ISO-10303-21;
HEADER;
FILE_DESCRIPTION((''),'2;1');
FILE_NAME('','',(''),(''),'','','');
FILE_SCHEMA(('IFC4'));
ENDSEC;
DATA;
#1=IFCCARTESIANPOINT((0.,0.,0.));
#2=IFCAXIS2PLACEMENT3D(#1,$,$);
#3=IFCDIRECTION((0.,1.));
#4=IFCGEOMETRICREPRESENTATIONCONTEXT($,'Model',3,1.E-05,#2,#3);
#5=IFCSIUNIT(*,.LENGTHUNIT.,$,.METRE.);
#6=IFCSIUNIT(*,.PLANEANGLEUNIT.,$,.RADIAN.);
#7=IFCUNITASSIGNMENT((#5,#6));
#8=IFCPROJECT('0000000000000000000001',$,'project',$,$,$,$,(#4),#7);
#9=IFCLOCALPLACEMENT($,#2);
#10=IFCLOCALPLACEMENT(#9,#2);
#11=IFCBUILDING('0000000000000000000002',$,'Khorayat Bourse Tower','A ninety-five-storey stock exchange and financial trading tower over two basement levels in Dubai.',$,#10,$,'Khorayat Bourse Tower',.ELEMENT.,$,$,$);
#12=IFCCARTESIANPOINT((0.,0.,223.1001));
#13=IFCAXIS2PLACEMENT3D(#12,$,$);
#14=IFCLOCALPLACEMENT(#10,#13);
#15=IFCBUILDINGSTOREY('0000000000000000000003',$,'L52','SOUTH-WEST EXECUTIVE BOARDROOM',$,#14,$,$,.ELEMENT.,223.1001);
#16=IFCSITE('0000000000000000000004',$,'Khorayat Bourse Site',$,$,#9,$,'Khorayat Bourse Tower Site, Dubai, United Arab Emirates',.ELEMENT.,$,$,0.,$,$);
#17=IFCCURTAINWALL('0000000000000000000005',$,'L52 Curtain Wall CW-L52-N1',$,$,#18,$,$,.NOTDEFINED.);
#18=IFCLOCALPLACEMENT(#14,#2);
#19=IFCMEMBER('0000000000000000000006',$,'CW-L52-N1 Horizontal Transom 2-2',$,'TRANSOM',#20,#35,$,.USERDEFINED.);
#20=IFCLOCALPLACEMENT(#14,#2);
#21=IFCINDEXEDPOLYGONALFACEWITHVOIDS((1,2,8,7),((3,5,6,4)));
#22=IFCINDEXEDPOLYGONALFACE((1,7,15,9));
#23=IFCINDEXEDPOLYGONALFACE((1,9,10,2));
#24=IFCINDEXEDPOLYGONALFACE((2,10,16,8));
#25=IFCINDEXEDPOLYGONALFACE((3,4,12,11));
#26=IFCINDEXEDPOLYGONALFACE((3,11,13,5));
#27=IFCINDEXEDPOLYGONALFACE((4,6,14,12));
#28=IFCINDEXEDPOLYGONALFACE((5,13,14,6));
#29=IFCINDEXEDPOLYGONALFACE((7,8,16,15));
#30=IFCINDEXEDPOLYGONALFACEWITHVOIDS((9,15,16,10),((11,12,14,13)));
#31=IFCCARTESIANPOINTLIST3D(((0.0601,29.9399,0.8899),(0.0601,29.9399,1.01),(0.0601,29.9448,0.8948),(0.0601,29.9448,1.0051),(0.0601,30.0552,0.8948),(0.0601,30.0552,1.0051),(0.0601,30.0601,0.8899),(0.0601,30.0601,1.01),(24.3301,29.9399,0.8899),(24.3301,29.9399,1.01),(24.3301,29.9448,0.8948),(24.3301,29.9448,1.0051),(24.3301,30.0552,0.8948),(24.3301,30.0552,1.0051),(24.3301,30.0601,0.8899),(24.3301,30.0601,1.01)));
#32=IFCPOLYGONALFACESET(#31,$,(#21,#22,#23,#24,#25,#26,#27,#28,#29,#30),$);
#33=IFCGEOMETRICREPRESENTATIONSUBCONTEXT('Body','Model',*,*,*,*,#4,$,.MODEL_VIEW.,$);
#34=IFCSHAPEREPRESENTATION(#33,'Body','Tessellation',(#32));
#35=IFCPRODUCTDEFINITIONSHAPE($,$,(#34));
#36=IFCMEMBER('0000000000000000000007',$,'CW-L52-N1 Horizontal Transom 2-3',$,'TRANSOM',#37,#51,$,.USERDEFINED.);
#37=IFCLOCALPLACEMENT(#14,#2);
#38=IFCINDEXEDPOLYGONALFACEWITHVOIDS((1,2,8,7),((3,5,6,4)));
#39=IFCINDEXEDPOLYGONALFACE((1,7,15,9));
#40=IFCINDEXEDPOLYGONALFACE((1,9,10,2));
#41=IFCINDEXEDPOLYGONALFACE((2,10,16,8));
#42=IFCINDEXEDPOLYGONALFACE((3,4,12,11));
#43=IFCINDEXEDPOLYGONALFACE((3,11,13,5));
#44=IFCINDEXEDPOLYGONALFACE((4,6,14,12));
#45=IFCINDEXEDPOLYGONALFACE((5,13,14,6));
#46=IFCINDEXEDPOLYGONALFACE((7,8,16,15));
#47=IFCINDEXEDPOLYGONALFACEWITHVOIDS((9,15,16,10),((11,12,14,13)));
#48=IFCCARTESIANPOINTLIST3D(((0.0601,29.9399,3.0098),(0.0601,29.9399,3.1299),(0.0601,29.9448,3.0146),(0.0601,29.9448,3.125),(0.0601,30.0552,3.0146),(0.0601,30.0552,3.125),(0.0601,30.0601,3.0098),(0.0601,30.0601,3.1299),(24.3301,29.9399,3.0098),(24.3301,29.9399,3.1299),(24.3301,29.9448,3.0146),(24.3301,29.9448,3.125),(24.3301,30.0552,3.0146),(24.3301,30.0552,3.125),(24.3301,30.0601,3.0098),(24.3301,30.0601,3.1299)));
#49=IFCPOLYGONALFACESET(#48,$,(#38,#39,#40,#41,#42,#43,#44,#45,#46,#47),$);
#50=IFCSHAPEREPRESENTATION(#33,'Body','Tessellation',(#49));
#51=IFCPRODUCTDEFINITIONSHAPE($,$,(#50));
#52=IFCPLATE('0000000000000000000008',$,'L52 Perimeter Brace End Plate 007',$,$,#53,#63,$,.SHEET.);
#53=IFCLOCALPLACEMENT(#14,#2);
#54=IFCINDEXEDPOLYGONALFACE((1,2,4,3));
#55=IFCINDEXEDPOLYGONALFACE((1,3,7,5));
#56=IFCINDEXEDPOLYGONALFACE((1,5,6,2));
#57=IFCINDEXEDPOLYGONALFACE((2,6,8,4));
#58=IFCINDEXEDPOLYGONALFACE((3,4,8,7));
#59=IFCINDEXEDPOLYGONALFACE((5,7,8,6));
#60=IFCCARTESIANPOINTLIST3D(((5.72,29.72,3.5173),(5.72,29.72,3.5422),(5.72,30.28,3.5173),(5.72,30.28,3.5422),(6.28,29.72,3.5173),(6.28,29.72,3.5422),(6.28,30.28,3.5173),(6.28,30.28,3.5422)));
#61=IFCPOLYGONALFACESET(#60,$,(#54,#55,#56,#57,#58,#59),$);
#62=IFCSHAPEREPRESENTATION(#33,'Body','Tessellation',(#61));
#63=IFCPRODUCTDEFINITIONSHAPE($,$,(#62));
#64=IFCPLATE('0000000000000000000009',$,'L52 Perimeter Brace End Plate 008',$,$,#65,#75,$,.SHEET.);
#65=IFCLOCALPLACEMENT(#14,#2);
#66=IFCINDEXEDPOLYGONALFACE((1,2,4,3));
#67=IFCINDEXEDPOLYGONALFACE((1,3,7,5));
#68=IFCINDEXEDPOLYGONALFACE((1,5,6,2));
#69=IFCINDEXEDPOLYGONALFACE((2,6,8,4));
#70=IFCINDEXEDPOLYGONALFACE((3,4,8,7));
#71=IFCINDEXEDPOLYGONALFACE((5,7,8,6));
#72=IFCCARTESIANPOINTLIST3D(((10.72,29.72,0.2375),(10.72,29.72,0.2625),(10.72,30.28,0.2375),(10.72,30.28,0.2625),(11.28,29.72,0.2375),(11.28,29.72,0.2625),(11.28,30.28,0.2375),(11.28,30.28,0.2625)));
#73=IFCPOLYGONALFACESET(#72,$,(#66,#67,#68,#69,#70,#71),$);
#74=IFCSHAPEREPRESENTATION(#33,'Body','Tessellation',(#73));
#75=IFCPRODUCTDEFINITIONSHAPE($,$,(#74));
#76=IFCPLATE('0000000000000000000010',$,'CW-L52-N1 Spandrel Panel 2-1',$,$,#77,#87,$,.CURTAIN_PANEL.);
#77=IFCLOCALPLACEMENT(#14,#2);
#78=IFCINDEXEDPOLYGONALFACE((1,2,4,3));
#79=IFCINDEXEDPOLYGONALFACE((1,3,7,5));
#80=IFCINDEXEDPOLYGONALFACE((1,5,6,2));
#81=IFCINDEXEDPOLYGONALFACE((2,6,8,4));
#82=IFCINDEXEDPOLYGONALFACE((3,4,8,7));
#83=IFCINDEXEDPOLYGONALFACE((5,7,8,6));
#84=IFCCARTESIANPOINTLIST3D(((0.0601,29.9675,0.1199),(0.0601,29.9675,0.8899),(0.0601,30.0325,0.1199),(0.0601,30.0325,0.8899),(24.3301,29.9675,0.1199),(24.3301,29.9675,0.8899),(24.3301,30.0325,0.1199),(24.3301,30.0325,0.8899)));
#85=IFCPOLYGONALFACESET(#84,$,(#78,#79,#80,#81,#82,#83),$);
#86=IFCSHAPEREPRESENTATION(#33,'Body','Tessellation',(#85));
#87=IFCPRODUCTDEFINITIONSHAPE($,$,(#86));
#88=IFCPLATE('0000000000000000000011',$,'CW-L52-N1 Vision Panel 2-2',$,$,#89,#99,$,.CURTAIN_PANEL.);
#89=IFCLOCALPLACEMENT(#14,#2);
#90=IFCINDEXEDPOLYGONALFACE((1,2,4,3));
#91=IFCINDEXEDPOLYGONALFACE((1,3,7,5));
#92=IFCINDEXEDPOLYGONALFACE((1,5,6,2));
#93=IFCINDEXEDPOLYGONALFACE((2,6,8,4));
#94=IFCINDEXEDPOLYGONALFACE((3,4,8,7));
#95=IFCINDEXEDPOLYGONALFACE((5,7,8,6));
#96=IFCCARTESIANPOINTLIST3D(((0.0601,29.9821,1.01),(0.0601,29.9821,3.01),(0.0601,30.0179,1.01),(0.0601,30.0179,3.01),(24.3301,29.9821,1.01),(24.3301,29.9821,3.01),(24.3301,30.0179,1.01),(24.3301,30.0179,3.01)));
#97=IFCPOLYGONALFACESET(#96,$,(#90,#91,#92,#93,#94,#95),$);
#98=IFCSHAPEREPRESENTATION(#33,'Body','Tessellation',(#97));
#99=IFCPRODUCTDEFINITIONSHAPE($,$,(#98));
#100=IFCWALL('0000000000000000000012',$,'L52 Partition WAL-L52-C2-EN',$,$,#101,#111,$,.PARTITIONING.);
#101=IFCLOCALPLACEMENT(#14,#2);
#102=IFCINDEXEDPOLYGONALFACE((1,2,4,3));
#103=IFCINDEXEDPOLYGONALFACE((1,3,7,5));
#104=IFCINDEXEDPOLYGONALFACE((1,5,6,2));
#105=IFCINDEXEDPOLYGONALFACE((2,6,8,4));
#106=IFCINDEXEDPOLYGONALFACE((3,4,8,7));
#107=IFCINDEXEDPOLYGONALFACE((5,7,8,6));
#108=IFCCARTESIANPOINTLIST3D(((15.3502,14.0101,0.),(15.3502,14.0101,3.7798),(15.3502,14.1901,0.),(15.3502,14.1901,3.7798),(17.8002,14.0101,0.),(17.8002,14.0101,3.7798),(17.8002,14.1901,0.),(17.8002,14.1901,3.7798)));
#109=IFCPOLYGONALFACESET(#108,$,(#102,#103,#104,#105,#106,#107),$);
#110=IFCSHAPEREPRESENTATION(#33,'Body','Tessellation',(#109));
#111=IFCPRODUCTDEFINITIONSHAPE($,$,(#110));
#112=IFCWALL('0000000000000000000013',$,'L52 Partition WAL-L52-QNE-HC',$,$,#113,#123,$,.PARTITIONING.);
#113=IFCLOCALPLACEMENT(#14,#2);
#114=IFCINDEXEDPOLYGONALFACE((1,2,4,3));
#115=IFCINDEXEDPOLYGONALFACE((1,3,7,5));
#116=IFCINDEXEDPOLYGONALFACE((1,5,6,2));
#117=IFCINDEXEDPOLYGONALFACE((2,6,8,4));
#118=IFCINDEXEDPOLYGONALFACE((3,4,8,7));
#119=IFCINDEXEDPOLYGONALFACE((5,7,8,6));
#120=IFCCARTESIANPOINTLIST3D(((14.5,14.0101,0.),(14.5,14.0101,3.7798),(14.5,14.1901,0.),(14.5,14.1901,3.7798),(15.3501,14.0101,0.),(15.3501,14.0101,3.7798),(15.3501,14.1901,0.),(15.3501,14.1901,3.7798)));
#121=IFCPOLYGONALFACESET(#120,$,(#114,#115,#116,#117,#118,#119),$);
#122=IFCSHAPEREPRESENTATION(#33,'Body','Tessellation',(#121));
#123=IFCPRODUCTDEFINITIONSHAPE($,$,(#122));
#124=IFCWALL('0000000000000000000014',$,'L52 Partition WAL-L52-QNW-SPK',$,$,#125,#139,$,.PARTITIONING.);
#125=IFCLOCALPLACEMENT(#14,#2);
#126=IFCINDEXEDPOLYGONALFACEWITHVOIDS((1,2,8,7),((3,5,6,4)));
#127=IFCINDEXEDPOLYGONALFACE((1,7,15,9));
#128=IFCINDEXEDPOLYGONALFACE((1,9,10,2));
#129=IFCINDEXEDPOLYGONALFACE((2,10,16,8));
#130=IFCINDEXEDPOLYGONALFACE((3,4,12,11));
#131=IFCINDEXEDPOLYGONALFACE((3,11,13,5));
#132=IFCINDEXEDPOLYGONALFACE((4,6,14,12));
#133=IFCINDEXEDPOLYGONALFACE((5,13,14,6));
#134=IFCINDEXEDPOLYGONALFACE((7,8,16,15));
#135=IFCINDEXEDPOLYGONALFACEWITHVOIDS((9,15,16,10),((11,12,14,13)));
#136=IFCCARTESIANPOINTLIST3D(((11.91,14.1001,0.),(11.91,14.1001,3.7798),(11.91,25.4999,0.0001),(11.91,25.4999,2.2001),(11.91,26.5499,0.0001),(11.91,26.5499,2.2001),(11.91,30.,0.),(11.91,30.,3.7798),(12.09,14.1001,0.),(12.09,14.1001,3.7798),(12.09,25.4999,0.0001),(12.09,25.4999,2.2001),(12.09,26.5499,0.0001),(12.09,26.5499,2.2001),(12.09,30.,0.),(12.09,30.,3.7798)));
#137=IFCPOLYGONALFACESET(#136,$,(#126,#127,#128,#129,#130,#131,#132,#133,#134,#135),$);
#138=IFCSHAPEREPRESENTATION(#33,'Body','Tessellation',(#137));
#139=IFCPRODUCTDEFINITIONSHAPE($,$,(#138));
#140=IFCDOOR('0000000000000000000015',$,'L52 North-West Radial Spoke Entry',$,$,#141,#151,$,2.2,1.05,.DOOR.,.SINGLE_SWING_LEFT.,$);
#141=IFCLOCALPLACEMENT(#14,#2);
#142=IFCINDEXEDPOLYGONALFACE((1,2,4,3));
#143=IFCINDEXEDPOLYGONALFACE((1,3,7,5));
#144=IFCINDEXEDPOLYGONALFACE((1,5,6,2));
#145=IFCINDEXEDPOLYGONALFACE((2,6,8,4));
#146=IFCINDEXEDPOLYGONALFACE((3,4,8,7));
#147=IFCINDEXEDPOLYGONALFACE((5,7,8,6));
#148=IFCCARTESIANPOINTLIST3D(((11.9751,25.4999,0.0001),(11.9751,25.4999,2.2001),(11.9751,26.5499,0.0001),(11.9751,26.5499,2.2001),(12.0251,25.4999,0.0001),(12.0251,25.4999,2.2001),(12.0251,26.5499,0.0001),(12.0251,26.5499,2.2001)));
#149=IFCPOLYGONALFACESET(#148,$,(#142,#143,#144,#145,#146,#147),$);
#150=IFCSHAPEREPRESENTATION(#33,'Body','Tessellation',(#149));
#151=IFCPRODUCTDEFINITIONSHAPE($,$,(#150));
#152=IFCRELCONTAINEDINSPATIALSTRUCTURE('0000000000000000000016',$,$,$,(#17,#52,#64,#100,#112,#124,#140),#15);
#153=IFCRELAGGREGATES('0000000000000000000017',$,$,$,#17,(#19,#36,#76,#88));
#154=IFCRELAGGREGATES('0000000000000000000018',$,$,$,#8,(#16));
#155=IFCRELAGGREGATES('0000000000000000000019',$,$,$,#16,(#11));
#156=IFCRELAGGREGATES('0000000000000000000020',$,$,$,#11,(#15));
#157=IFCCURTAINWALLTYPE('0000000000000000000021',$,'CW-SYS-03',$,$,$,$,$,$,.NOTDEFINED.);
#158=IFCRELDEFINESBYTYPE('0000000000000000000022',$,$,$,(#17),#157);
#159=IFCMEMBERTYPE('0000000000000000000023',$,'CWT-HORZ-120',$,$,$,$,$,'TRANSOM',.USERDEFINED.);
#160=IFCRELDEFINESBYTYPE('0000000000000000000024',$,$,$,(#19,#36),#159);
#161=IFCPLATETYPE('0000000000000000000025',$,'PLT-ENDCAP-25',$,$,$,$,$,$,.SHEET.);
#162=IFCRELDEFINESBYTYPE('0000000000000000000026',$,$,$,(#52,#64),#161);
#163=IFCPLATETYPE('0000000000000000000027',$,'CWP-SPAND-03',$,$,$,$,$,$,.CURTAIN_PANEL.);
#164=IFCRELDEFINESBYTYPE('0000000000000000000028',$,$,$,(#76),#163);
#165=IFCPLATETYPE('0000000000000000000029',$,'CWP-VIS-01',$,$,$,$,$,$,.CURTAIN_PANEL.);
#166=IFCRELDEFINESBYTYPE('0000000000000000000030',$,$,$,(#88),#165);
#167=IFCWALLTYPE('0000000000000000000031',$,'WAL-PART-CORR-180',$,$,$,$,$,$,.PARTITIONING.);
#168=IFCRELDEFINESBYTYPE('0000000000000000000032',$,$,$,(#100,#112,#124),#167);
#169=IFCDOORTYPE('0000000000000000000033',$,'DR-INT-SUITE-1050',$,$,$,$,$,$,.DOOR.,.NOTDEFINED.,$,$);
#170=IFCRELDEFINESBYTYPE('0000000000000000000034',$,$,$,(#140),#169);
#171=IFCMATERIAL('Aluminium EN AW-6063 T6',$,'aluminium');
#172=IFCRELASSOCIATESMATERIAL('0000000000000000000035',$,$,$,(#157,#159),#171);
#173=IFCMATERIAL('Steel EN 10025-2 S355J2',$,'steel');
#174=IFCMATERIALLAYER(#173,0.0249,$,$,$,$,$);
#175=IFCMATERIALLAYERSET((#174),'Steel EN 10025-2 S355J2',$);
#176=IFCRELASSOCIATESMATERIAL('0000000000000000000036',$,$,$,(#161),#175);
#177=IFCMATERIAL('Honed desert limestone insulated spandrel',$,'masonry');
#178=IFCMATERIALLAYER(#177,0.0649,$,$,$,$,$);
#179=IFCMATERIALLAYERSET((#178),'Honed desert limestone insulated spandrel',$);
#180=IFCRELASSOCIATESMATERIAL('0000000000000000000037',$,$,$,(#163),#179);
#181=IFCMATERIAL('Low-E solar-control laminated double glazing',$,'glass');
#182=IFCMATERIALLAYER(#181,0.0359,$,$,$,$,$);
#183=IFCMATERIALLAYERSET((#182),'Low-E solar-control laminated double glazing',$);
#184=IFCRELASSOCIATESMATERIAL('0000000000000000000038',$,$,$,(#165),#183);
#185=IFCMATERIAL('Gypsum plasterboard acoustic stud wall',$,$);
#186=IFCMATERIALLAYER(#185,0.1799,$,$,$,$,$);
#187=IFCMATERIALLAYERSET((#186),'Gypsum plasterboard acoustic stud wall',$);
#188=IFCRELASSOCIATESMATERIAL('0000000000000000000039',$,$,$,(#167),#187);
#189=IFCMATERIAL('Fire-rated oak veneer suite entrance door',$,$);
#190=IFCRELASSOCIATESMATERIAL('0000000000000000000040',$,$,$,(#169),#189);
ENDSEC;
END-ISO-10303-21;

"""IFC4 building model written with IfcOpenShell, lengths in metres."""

from ifc_helpers import new_model, si_unit, direction, frame, frame_2d, origin, origin_2d, place, context, subcontext, project, spatial, rectangle, hollow_rectangle, extrude, source, transform, mapped, material, layer, layer_set, material_profile, profile_set, type_object, element, fill, aggregate, save


model = new_model("IFC4")

# Units and contexts
model_context = context("Model", 3, precision=1e-05, world=origin(), true_north=direction((0.0, 1.0)))
body_context = subcontext(model_context, "Body", "Model", "MODEL_VIEW")
ifc_project = project(units=[si_unit("LENGTHUNIT", "METRE"), si_unit("PLANEANGLEUNIT", "RADIAN")], contexts=[model_context])

# Site, building, storey
site_placement = place(None, origin())
site = spatial("IfcSite", under=ifc_project, at=site_placement, Name="Khorayat Bourse Site", LongName="Khorayat Bourse Tower Site, Dubai, United Arab Emirates", CompositionType="ELEMENT", RefElevation=0.0)
building_placement = place(site_placement, origin())
building = spatial("IfcBuilding", under=site, at=building_placement, Name="Khorayat Bourse Tower", Description="A ninety-five-storey stock exchange and financial trading tower over two basement levels in Dubai.", LongName="Khorayat Bourse Tower", CompositionType="ELEMENT")
storey_placement = place(building_placement, frame((0.0, 0.0, 223.1001)))
storey = spatial("IfcBuildingStorey", under=building, at=storey_placement, Name="L52", Description="SOUTH-WEST EXECUTIVE BOARDROOM", CompositionType="ELEMENT", Elevation=223.1001)

# Curtain wall, members
ifc_material_1 = material(Name="Aluminium EN AW-6063 T6", Category="aluminium")
curtain_wall_type = type_object("IfcCurtainWallType", Name="CW-SYS-03", PredefinedType="NOTDEFINED", material=ifc_material_1)
curtain_wall_placement = place(storey_placement, origin())
curtain_wall = element("IfcCurtainWall", 1, at=curtain_wall_placement, inside=storey, type_object=curtain_wall_type, Name="L52 Curtain Wall CW-L52-N1", PredefinedType="NOTDEFINED")
ifc_material_profile_1 = material_profile(ifc_material_1, hollow_rectangle(XDim=0.1201, YDim=0.1201, WallThickness=0.0049, at=origin_2d()), Name="ALU 120x120x5")
ifc_profile_set_1 = profile_set([ifc_material_profile_1], Name="Aluminium EN AW-6063 T6")
member_type_1 = type_object("IfcMemberType", Name="CWT-HORZ-120", ElementType="TRANSOM", PredefinedType="USERDEFINED", material=ifc_profile_set_1)
shared_shape_1 = source(origin(), body_context, "Body", "SweptSolid", [
    extrude(hollow_rectangle(XDim=0.1201, YDim=0.1201, WallThickness=0.0049, at=origin_2d()), origin(), (0.0, 0.0, 1.0), 24.27),
])
member_1_placement = place(storey_placement, frame((0.0601, 30.0, 0.95), z_axis=(1.0, 0.0, 0.0), x_axis=(0.0, 1.0, 0.0)))
member_1 = element("IfcMember", 2, at=member_1_placement, type_object=member_type_1, Name="CW-L52-N1 Horizontal Transom 2-2", ObjectType="TRANSOM", PredefinedType="USERDEFINED", context=body_context, shape_type="MappedRepresentation", body=[
    mapped(shared_shape_1, transform((0.0, 0.0, 0.0), scale=1.0)),
])
member_2_placement = place(storey_placement, frame((0.0601, 30.0, 3.0698), z_axis=(1.0, 0.0, 0.0), x_axis=(0.0, 1.0, 0.0)))
member_2 = element("IfcMember", 3, at=member_2_placement, type_object=member_type_1, Name="CW-L52-N1 Horizontal Transom 2-3", ObjectType="TRANSOM", PredefinedType="USERDEFINED", context=body_context, shape_type="MappedRepresentation", body=[
    mapped(shared_shape_1, transform((0.0, 0.0, 0.0), scale=1.0)),
])

# Plates
ifc_material_2 = material(Name="Steel EN 10025-2 S355J2", Category="steel")
ifc_layer_1 = layer(ifc_material_2, 0.0249)
ifc_layer_set_1 = layer_set([ifc_layer_1], Name="Steel EN 10025-2 S355J2")
plate_type_1 = type_object("IfcPlateType", Name="PLT-ENDCAP-25", PredefinedType="SHEET", material=ifc_layer_set_1)
shared_shape_2 = source(origin(), body_context, "Body", "SweptSolid", [
    extrude(rectangle(XDim=0.5601, YDim=0.5601, at=origin_2d()), origin(), (0.0, 0.0, 1.0), 0.0249),
])
for number, where, z_axis, x_axis, name in (
    (4, (6.0, 30.0, 3.5173), (0.0, 0.0, 1.0), (1.0, 0.0, 0.0), "L52 Perimeter Brace End Plate 007"),
    (5, (11.0, 30.0, 0.2375), (0.0, 0.0, 1.0), (1.0, 0.0, 0.0), "L52 Perimeter Brace End Plate 008"),
):
    element("IfcPlate", number, at=place(storey_placement, frame(where, z_axis=z_axis, x_axis=x_axis)), inside=storey, type_object=plate_type_1, Name=name, PredefinedType="SHEET", context=body_context, shape_type="MappedRepresentation", body=[
        mapped(shared_shape_2, transform((0.0, 0.0, 0.0), scale=1.0)),
    ])

# Plates
ifc_material_3 = material(Name="Honed desert limestone insulated spandrel", Category="masonry")
ifc_layer_2 = layer(ifc_material_3, 0.0649)
ifc_layer_set_2 = layer_set([ifc_layer_2], Name="Honed desert limestone insulated spandrel")
plate_type_2 = type_object("IfcPlateType", Name="CWP-SPAND-03", PredefinedType="CURTAIN_PANEL", material=ifc_layer_set_2)
shared_shape_3 = source(origin(), body_context, "Body", "SweptSolid", [
    extrude(rectangle(XDim=24.27, YDim=0.0649, at=origin_2d()), origin(), (0.0, 0.0, 1.0), 0.77),
])
plate_1_placement = place(storey_placement, frame((12.1951, 30.0, 0.1199), z_axis=(0.0, 0.0, 1.0), x_axis=(1.0, 0.0, 0.0)))
plate_1 = element("IfcPlate", 6, at=plate_1_placement, type_object=plate_type_2, Name="CW-L52-N1 Spandrel Panel 2-1", PredefinedType="CURTAIN_PANEL", context=body_context, shape_type="MappedRepresentation", body=[
    mapped(shared_shape_3, transform((0.0, 0.0, 0.0), scale=1.0)),
])
ifc_material_4 = material(Name="Low-E solar-control laminated double glazing", Category="glass")
ifc_layer_3 = layer(ifc_material_4, 0.0359)
ifc_layer_set_3 = layer_set([ifc_layer_3], Name="Low-E solar-control laminated double glazing")
plate_type_3 = type_object("IfcPlateType", Name="CWP-VIS-01", PredefinedType="CURTAIN_PANEL", material=ifc_layer_set_3)
shared_shape_4 = source(origin(), body_context, "Body", "SweptSolid", [
    extrude(rectangle(XDim=24.27, YDim=0.0359, at=origin_2d()), origin(), (0.0, 0.0, 1.0), 2.0),
])
plate_2_placement = place(storey_placement, frame((12.1951, 30.0, 1.01), z_axis=(0.0, 0.0, 1.0), x_axis=(1.0, 0.0, 0.0)))
plate_2 = element("IfcPlate", 7, at=plate_2_placement, type_object=plate_type_3, Name="CW-L52-N1 Vision Panel 2-2", PredefinedType="CURTAIN_PANEL", context=body_context, shape_type="MappedRepresentation", body=[
    mapped(shared_shape_4, transform((0.0, 0.0, 0.0), scale=1.0)),
])
aggregate(curtain_wall, [member_1, member_2, plate_1, plate_2])

# Walls
ifc_material_5 = material(Name="Gypsum plasterboard acoustic stud wall")
ifc_layer_4 = layer(ifc_material_5, 0.1799)
ifc_layer_set_4 = layer_set([ifc_layer_4], Name="Gypsum plasterboard acoustic stud wall")
wall_type_1 = type_object("IfcWallType", Name="WAL-PART-CORR-180", PredefinedType="PARTITIONING", material=ifc_layer_set_4)
shared_shape_5 = source(origin(), body_context, "Body", "SweptSolid", [
    extrude(rectangle(XDim=2.45, YDim=0.1799, at=frame_2d((1.2251, 0.0))), origin(), (0.0, 0.0, 1.0), 3.7798),
])
wall_1_placement = place(storey_placement, frame((15.3501, 14.1001, 0.0), z_axis=(0.0, 0.0, 1.0), x_axis=(1.0, 0.0, 0.0)))
element("IfcWall", 8, at=wall_1_placement, inside=storey, type_object=wall_type_1, Name="L52 Partition WAL-L52-C2-EN", PredefinedType="PARTITIONING", context=body_context, shape_type="MappedRepresentation", body=[
    mapped(shared_shape_5, transform((0.0, 0.0, 0.0), scale=1.0)),
])
shared_shape_6 = source(origin(), body_context, "Body", "SweptSolid", [
    extrude(rectangle(XDim=0.8501, YDim=0.1799, at=frame_2d((0.425, 0.0))), origin(), (0.0, 0.0, 1.0), 3.7798),
])
wall_2_placement = place(storey_placement, frame((14.5, 14.1001, 0.0), z_axis=(0.0, 0.0, 1.0), x_axis=(1.0, 0.0, 0.0)))
element("IfcWall", 9, at=wall_2_placement, inside=storey, type_object=wall_type_1, Name="L52 Partition WAL-L52-QNE-HC", PredefinedType="PARTITIONING", context=body_context, shape_type="MappedRepresentation", body=[
    mapped(shared_shape_6, transform((0.0, 0.0, 0.0), scale=1.0)),
])

# Wall, opening, door
shared_shape_7 = source(origin(), body_context, "Body", "SweptSolid", [
    extrude(rectangle(XDim=15.8999, YDim=0.1799, at=frame_2d((7.95, 0.0))), origin(), (0.0, 0.0, 1.0), 3.7798),
])
wall_3_placement = place(storey_placement, frame((12.0, 14.1001, 0.0), z_axis=(0.0, 0.0, 1.0), x_axis=(0.0, 1.0, 0.0)))
wall_3 = element("IfcWall", 10, at=wall_3_placement, inside=storey, type_object=wall_type_1, Name="L52 Partition WAL-L52-QNW-SPK", PredefinedType="PARTITIONING", context=body_context, shape_type="MappedRepresentation", body=[
    mapped(shared_shape_7, transform((0.0, 0.0, 0.0), scale=1.0)),
])
shared_shape_8 = source(origin(), body_context, "Body", "SweptSolid", [
    extrude(rectangle(XDim=1.05, YDim=2.2, at=frame_2d((0.5249, 1.1001))), frame((0.0, 0.0999, 0.0), z_axis=(0.0, -1.0, 0.0), x_axis=(1.0, 0.0, 0.0)), (0.0, 0.0, 1.0), 0.2),
])
opening_1_placement = place(wall_3_placement, frame((11.3999, 0.0, 0.0)))
opening_1 = element("IfcOpeningElement", 11, at=opening_1_placement, cuts=wall_3, PredefinedType="OPENING", context=body_context, shape_type="MappedRepresentation", body=[
    mapped(shared_shape_8, transform((0.0, 0.0, 0.0), scale=1.0)),
])
ifc_material_6 = material(Name="Fire-rated oak veneer suite entrance door")
door_type_1 = type_object("IfcDoorType", Name="DR-INT-SUITE-1050", OperationType="NOTDEFINED", PredefinedType="DOOR", material=ifc_material_6)
shared_shape_9 = source(origin(), body_context, "Body", "SweptSolid", [
    extrude(rectangle(XDim=1.05, YDim=2.2, at=frame_2d((0.5249, 1.1001))), frame((0.0, 0.0249, 0.0), z_axis=(0.0, -1.0, 0.0), x_axis=(1.0, 0.0, 0.0)), (0.0, 0.0, 1.0), 0.05),
])
door_1_placement = place(opening_1_placement, origin())
door_1 = element("IfcDoor", 12, at=door_1_placement, inside=storey, type_object=door_type_1, Name="L52 North-West Radial Spoke Entry", OperationType="SINGLE_SWING_LEFT", OverallHeight=2.2, OverallWidth=1.05, PredefinedType="DOOR", context=body_context, shape_type="MappedRepresentation", body=[
    mapped(shared_shape_9, transform((0.0, 0.0, 0.0), scale=1.0)),
])
fill(opening_1, door_1)

save(model, "model.ifc")
